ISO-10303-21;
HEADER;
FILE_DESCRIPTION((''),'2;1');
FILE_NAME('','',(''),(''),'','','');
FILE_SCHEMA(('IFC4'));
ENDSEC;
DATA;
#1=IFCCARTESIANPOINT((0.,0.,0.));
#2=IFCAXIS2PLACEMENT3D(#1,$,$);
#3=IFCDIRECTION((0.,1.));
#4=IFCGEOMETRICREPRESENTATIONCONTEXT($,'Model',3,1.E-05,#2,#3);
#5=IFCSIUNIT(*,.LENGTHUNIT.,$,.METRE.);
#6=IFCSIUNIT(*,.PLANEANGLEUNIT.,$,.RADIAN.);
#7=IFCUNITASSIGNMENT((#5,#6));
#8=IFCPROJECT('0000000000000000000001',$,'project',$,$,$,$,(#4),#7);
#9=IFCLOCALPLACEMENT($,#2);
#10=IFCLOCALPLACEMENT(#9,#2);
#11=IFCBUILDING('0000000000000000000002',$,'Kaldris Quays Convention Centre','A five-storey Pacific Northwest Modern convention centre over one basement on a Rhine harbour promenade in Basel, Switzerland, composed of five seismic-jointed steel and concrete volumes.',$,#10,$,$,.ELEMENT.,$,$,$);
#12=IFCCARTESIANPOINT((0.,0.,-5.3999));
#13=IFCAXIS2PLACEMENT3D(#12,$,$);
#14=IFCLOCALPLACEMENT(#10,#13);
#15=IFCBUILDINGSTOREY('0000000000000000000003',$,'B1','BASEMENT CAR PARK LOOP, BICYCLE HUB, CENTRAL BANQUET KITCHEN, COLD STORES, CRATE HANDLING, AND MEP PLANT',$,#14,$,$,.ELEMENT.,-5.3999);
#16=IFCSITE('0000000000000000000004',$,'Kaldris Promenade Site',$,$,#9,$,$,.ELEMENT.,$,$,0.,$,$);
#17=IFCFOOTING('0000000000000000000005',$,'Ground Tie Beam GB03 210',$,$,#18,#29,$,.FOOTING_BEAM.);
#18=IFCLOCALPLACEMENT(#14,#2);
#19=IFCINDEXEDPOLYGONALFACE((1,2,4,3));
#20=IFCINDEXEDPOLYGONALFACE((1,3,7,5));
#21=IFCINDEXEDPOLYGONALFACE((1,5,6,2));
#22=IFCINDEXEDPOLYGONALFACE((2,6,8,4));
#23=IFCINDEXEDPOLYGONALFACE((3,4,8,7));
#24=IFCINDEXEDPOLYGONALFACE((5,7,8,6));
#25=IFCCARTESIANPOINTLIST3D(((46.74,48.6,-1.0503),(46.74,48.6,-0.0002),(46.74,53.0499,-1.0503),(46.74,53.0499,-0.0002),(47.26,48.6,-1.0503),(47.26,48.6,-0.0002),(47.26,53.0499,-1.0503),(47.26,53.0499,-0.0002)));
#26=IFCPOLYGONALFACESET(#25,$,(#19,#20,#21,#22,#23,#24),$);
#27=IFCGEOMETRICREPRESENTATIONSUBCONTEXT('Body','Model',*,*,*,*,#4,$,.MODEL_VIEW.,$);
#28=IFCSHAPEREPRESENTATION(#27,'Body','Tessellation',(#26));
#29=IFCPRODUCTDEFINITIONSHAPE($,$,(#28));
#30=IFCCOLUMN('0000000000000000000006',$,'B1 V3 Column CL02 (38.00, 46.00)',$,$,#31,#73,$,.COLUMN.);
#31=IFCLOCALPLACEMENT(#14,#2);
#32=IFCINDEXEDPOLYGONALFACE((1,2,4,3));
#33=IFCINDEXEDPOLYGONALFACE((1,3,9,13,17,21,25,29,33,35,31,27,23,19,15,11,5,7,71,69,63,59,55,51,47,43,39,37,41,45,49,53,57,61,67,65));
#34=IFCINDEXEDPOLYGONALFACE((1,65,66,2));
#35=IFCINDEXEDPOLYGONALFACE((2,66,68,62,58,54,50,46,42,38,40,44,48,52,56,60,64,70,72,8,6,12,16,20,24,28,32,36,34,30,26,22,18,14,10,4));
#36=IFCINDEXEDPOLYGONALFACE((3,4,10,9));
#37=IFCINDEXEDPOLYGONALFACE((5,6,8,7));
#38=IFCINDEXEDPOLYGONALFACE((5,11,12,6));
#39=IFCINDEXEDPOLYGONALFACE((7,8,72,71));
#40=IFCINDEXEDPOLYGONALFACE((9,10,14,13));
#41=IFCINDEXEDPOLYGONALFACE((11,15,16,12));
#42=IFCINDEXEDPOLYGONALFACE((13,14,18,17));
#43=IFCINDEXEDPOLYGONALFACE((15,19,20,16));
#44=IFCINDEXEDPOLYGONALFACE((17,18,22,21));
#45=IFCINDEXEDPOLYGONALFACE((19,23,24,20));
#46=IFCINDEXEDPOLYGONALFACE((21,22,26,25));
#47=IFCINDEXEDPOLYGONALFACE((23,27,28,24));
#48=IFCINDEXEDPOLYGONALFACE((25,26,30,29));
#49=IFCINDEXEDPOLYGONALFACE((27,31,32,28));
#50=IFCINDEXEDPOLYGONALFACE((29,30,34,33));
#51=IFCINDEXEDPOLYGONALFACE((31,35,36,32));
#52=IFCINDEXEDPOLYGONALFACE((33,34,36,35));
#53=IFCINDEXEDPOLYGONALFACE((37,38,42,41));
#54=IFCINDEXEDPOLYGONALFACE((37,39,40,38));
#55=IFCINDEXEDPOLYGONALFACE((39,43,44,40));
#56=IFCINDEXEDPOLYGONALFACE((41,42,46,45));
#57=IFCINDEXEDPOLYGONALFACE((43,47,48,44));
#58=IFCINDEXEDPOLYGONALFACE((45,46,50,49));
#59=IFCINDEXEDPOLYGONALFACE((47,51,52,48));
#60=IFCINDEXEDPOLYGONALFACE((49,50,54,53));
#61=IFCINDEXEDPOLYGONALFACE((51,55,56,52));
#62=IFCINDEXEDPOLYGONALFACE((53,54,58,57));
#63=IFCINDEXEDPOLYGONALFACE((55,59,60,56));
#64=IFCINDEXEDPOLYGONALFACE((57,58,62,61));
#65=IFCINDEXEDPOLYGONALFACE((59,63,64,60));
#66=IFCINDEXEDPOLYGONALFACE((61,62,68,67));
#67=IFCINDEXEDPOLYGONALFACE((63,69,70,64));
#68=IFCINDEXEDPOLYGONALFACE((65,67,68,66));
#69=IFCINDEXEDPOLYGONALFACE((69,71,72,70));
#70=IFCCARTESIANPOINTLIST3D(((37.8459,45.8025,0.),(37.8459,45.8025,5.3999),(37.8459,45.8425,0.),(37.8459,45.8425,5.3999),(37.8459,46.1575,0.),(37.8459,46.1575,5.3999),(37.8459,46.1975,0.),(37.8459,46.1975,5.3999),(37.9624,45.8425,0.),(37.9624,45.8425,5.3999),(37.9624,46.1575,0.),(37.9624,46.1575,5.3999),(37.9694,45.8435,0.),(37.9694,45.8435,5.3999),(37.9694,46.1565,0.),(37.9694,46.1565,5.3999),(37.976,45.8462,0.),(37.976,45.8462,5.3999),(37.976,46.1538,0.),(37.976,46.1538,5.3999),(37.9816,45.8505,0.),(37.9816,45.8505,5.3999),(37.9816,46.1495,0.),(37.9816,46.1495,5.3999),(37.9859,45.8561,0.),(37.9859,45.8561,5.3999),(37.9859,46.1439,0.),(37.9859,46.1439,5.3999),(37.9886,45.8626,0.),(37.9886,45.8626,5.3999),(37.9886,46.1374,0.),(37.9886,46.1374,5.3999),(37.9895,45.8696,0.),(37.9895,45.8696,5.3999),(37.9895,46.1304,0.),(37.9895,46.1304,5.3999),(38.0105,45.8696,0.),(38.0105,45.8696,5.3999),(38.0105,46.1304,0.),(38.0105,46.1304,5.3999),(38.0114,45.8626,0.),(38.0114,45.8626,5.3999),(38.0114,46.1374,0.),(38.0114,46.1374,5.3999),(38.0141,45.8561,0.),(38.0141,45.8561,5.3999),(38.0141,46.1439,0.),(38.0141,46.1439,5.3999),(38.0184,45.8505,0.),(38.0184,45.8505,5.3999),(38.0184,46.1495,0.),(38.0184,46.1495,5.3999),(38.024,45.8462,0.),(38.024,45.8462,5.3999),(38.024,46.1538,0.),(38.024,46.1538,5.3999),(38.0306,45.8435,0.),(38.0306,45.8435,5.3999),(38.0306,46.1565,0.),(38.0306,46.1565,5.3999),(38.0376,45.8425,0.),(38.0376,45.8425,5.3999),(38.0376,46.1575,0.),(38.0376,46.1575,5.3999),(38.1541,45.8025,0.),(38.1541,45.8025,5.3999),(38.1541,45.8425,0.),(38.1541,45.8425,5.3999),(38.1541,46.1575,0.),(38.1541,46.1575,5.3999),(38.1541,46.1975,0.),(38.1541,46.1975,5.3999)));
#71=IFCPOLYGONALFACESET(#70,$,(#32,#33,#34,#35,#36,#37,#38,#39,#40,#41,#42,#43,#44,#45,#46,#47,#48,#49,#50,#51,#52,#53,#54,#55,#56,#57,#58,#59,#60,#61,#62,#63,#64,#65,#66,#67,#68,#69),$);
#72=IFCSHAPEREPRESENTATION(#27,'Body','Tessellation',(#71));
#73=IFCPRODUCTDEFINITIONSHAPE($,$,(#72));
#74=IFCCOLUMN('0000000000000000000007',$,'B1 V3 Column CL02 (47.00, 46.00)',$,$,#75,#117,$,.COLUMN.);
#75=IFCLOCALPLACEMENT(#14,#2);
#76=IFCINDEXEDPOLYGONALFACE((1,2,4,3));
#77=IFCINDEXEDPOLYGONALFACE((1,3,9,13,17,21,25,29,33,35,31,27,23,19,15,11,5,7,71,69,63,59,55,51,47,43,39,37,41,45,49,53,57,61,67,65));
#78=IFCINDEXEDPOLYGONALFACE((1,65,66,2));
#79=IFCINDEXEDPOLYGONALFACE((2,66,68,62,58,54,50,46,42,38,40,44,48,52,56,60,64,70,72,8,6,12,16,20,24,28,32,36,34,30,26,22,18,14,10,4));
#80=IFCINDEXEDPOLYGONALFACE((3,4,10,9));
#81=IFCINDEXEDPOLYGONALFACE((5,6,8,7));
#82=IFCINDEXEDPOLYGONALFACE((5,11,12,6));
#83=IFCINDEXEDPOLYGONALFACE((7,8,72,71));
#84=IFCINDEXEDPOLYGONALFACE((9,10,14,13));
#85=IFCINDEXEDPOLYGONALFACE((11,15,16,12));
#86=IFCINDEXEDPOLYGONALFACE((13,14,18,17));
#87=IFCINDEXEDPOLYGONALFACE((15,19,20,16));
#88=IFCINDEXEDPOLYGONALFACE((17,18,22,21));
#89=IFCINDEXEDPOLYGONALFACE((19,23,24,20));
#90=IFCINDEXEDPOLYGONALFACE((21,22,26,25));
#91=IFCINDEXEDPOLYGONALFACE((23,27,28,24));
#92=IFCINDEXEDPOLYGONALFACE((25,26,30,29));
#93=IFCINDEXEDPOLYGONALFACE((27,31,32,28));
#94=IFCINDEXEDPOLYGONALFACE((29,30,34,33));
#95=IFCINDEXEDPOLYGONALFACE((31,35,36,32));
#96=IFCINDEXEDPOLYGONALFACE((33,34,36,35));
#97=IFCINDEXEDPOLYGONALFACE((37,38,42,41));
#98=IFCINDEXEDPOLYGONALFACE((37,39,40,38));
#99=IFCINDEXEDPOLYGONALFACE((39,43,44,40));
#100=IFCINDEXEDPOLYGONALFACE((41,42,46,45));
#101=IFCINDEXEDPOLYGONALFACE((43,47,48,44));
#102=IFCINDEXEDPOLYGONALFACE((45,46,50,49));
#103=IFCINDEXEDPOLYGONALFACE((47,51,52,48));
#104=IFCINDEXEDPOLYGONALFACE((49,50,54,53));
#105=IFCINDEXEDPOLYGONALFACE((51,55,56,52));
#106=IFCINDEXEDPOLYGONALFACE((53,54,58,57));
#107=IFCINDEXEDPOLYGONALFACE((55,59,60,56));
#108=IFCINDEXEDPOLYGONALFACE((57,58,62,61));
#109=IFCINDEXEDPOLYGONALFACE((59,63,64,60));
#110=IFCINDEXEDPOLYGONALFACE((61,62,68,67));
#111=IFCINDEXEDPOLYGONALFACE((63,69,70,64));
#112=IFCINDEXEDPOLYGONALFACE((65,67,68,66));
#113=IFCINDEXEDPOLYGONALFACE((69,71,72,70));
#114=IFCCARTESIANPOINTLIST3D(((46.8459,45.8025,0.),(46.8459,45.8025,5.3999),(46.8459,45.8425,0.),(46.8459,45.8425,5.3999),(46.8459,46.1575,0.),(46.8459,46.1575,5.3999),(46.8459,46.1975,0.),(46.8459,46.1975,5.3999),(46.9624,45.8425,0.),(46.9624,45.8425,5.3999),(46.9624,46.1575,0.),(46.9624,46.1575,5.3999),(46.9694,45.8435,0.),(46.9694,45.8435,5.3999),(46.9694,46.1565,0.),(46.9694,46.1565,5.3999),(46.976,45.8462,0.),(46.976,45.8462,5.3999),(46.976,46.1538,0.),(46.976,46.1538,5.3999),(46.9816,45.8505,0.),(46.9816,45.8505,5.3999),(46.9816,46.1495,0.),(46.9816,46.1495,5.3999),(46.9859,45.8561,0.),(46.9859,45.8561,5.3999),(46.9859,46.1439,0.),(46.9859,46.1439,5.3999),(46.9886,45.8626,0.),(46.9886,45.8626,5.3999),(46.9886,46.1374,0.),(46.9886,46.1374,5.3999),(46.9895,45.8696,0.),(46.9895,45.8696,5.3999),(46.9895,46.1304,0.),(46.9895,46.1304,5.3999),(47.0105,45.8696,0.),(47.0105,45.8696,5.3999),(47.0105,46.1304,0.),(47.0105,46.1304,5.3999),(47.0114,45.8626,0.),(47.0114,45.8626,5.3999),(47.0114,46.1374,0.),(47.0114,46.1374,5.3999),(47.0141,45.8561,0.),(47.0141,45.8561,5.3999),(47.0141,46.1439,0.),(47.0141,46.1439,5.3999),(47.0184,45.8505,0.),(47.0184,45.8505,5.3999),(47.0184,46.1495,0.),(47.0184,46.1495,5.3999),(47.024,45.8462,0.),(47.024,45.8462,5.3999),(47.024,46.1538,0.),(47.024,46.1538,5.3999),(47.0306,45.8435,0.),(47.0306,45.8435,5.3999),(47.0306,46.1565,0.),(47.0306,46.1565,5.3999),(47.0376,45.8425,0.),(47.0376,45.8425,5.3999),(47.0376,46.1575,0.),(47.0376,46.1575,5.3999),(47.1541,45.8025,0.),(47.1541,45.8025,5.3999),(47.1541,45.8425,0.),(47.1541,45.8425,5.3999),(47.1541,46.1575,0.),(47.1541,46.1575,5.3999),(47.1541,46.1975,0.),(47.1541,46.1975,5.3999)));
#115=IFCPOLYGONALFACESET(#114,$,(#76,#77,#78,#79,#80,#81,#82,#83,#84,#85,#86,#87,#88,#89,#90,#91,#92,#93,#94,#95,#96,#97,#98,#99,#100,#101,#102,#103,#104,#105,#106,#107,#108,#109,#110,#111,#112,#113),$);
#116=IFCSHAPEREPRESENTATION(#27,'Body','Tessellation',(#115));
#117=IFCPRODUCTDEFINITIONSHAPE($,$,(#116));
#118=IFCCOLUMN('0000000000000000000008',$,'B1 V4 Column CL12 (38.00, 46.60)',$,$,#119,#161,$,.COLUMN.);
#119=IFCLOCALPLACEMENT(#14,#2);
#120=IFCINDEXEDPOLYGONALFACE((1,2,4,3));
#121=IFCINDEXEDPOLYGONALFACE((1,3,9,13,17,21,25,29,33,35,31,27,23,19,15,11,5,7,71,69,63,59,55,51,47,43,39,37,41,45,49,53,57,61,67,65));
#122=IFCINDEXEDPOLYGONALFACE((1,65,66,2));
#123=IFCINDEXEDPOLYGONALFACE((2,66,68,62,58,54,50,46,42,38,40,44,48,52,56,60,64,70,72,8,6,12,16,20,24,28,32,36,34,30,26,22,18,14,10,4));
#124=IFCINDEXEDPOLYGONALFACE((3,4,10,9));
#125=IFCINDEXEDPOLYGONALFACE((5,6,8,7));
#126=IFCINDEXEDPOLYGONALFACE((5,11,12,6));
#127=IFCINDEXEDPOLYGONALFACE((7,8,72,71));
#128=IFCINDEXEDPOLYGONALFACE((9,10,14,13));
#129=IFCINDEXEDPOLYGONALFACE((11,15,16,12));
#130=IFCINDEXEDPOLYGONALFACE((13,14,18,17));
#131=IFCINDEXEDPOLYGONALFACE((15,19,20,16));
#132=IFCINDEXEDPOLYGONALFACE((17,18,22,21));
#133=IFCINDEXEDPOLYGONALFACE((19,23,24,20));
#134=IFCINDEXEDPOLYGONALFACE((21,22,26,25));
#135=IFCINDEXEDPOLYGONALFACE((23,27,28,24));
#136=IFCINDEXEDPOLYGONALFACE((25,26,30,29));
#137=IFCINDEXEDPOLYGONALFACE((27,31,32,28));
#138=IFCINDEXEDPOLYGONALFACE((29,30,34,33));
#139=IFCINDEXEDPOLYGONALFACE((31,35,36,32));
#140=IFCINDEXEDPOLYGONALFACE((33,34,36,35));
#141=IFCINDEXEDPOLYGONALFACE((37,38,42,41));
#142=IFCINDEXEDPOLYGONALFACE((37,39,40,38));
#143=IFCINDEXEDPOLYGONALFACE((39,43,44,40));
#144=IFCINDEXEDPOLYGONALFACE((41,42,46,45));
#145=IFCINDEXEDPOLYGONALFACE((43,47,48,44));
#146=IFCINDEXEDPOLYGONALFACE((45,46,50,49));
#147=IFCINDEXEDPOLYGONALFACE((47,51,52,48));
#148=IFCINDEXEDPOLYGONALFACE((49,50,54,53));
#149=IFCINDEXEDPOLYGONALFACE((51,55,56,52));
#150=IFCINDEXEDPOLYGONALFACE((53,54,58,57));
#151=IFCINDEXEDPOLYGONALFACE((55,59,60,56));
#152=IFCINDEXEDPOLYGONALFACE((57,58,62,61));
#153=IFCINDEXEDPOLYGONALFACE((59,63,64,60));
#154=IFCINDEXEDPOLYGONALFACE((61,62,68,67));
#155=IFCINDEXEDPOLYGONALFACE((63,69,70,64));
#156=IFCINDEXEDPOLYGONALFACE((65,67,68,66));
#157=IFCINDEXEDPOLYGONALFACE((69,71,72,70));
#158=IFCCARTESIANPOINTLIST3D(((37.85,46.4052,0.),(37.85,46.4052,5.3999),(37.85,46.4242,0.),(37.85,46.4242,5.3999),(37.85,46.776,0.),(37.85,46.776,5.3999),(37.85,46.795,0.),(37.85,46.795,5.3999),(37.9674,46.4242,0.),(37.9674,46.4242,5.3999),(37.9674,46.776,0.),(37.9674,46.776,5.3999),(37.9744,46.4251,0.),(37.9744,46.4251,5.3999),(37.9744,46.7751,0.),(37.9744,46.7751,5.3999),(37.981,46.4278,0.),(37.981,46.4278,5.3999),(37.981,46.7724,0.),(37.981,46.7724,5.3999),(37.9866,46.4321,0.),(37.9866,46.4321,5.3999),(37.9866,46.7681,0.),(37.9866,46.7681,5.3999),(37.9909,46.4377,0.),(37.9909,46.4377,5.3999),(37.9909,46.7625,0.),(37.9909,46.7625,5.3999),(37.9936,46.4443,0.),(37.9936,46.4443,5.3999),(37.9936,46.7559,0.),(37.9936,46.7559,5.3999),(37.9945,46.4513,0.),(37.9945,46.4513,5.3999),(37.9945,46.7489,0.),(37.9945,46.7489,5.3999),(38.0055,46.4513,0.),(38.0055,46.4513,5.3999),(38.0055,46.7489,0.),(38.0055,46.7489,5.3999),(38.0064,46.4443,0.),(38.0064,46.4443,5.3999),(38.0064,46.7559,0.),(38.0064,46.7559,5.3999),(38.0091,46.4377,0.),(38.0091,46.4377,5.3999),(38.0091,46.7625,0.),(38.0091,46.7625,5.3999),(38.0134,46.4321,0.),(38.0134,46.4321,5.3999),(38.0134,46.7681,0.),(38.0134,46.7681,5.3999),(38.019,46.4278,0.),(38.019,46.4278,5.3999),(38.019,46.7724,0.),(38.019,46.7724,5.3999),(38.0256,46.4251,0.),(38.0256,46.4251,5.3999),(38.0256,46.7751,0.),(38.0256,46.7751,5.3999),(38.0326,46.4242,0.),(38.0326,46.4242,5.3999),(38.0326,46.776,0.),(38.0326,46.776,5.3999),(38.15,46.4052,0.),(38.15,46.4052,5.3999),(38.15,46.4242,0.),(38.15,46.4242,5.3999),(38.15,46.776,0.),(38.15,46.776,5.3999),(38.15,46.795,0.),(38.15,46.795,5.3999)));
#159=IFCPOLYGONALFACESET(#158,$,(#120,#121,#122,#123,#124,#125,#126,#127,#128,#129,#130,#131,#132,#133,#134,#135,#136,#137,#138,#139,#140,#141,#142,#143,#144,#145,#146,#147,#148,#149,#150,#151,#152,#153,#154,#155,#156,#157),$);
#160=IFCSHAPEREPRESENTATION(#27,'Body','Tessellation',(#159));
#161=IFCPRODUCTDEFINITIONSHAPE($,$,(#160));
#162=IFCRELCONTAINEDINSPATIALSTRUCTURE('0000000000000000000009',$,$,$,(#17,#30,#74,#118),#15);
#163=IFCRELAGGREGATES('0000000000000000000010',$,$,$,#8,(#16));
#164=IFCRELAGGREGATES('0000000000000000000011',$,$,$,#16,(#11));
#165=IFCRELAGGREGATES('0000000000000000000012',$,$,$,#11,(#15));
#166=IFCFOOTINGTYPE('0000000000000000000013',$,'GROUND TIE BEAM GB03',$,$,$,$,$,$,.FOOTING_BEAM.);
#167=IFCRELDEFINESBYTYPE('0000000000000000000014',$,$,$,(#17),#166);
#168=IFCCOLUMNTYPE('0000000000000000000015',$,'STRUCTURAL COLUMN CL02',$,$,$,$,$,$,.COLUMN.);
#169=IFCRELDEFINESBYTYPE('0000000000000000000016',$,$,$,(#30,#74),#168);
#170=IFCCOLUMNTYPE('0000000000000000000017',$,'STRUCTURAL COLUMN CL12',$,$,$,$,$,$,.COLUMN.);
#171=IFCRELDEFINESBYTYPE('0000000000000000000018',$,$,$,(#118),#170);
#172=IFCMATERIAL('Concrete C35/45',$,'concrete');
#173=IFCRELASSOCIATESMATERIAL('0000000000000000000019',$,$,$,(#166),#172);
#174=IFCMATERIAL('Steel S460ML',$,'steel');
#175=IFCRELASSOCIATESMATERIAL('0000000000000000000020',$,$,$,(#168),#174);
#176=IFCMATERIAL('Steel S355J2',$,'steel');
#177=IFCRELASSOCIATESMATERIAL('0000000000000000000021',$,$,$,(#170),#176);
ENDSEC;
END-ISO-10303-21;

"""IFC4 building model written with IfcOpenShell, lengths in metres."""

from ifc_helpers import new_model, si_unit, direction, frame, origin, origin_2d, place, context, subcontext, project, spatial, rectangle, i_section, extrude, material, material_profile, profile_set, type_object, element, save


model = new_model("IFC4")

# Units and contexts
model_context = context("Model", 3, precision=1e-05, world=origin(), true_north=direction((0.0, 1.0)))
body_context = subcontext(model_context, "Body", "Model", "MODEL_VIEW")
ifc_project = project(units=[si_unit("LENGTHUNIT", "METRE"), si_unit("PLANEANGLEUNIT", "RADIAN")], contexts=[model_context])

# Site, building, storey
site_placement = place(None, origin())
site = spatial("IfcSite", under=ifc_project, at=site_placement, Name="Kaldris Promenade Site", CompositionType="ELEMENT", RefElevation=0.0)
building_placement = place(site_placement, origin())
building = spatial("IfcBuilding", under=site, at=building_placement, Name="Kaldris Quays Convention Centre", Description="A five-storey Pacific Northwest Modern convention centre over one basement on a Rhine harbour promenade in Basel, Switzerland, composed of five seismic-jointed steel and concrete volumes.", CompositionType="ELEMENT")
storey_placement = place(building_placement, frame((0.0, 0.0, -5.3999)))
storey = spatial("IfcBuildingStorey", under=building, at=storey_placement, Name="B1", Description="BASEMENT CAR PARK LOOP, BICYCLE HUB, CENTRAL BANQUET KITCHEN, COLD STORES, CRATE HANDLING, AND MEP PLANT", CompositionType="ELEMENT", Elevation=-5.3999)

# Shared definitions
ifc_material_1 = material(Name="Concrete C35/45", Category="concrete")

# Footing
footing_type_1 = type_object("IfcFootingType", Name="GROUND TIE BEAM GB03", PredefinedType="FOOTING_BEAM", material=ifc_material_1)
footing_1_placement = place(storey_placement, frame((47.0, 50.825, -1.0503), z_axis=(0.0, 0.0, 1.0), x_axis=(1.0, 0.0, 0.0)))
element("IfcFooting", 1, at=footing_1_placement, inside=storey, type_object=footing_type_1, Name="Ground Tie Beam GB03 210", PredefinedType="FOOTING_BEAM", context=body_context, shape_type="SweptSolid", body=[
    extrude(rectangle(XDim=0.52, YDim=4.45, at=origin_2d()), origin(), (0.0, 0.0, 1.0), 1.05),
])

# Columns
ifc_material_2 = material(Name="Steel S460ML", Category="steel")
ifc_material_profile_1 = material_profile(ifc_material_2, i_section(OverallWidth=0.3081, OverallDepth=0.395, WebThickness=0.021, FlangeThickness=0.04, FilletRadius=0.0271, at=origin_2d()), Name="HEM 360")
ifc_profile_set_1 = profile_set([ifc_material_profile_1], Name="Steel S460ML")
column_type_1 = type_object("IfcColumnType", Name="STRUCTURAL COLUMN CL02", PredefinedType="COLUMN", material=ifc_profile_set_1)
for number, where, z_axis, x_axis, name in (
    (2, (38.0, 46.0, 0.0), (0.0, 0.0, 1.0), (1.0, 0.0, 0.0), "B1 V3 Column CL02 (38.00, 46.00)"),
    (3, (47.0, 46.0, 0.0), (0.0, 0.0, 1.0), (1.0, 0.0, 0.0), "B1 V3 Column CL02 (47.00, 46.00)"),
):
    element("IfcColumn", number, at=place(storey_placement, frame(where, z_axis=z_axis, x_axis=x_axis)), inside=storey, type_object=column_type_1, Name=name, PredefinedType="COLUMN", context=body_context, shape_type="SweptSolid", body=[
        extrude(i_section(OverallWidth=0.3081, OverallDepth=0.395, WebThickness=0.021, FlangeThickness=0.04, FilletRadius=0.0271, at=origin_2d()), origin(), (0.0, 0.0, 1.0), 5.3999),
    ])
ifc_material_3 = material(Name="Steel S355J2", Category="steel")
ifc_material_profile_2 = material_profile(ifc_material_3, i_section(OverallWidth=0.3, OverallDepth=0.3899, WebThickness=0.011, FlangeThickness=0.019, FilletRadius=0.0271, at=origin_2d()), Name="HEA 400")
ifc_profile_set_2 = profile_set([ifc_material_profile_2], Name="Steel S355J2")
column_type_2 = type_object("IfcColumnType", Name="STRUCTURAL COLUMN CL12", PredefinedType="COLUMN", material=ifc_profile_set_2)
for number, where, z_axis, x_axis, name in (
    (4, (38.0, 46.6001, 0.0), (0.0, 0.0, 1.0), (1.0, 0.0, 0.0), "B1 V4 Column CL12 (38.00, 46.60)"),
):
    element("IfcColumn", number, at=place(storey_placement, frame(where, z_axis=z_axis, x_axis=x_axis)), inside=storey, type_object=column_type_2, Name=name, PredefinedType="COLUMN", context=body_context, shape_type="SweptSolid", body=[
        extrude(i_section(OverallWidth=0.3, OverallDepth=0.3899, WebThickness=0.011, FlangeThickness=0.019, FilletRadius=0.0271, at=origin_2d()), origin(), (0.0, 0.0, 1.0), 5.3999),
    ])

save(model, "model.ifc")
